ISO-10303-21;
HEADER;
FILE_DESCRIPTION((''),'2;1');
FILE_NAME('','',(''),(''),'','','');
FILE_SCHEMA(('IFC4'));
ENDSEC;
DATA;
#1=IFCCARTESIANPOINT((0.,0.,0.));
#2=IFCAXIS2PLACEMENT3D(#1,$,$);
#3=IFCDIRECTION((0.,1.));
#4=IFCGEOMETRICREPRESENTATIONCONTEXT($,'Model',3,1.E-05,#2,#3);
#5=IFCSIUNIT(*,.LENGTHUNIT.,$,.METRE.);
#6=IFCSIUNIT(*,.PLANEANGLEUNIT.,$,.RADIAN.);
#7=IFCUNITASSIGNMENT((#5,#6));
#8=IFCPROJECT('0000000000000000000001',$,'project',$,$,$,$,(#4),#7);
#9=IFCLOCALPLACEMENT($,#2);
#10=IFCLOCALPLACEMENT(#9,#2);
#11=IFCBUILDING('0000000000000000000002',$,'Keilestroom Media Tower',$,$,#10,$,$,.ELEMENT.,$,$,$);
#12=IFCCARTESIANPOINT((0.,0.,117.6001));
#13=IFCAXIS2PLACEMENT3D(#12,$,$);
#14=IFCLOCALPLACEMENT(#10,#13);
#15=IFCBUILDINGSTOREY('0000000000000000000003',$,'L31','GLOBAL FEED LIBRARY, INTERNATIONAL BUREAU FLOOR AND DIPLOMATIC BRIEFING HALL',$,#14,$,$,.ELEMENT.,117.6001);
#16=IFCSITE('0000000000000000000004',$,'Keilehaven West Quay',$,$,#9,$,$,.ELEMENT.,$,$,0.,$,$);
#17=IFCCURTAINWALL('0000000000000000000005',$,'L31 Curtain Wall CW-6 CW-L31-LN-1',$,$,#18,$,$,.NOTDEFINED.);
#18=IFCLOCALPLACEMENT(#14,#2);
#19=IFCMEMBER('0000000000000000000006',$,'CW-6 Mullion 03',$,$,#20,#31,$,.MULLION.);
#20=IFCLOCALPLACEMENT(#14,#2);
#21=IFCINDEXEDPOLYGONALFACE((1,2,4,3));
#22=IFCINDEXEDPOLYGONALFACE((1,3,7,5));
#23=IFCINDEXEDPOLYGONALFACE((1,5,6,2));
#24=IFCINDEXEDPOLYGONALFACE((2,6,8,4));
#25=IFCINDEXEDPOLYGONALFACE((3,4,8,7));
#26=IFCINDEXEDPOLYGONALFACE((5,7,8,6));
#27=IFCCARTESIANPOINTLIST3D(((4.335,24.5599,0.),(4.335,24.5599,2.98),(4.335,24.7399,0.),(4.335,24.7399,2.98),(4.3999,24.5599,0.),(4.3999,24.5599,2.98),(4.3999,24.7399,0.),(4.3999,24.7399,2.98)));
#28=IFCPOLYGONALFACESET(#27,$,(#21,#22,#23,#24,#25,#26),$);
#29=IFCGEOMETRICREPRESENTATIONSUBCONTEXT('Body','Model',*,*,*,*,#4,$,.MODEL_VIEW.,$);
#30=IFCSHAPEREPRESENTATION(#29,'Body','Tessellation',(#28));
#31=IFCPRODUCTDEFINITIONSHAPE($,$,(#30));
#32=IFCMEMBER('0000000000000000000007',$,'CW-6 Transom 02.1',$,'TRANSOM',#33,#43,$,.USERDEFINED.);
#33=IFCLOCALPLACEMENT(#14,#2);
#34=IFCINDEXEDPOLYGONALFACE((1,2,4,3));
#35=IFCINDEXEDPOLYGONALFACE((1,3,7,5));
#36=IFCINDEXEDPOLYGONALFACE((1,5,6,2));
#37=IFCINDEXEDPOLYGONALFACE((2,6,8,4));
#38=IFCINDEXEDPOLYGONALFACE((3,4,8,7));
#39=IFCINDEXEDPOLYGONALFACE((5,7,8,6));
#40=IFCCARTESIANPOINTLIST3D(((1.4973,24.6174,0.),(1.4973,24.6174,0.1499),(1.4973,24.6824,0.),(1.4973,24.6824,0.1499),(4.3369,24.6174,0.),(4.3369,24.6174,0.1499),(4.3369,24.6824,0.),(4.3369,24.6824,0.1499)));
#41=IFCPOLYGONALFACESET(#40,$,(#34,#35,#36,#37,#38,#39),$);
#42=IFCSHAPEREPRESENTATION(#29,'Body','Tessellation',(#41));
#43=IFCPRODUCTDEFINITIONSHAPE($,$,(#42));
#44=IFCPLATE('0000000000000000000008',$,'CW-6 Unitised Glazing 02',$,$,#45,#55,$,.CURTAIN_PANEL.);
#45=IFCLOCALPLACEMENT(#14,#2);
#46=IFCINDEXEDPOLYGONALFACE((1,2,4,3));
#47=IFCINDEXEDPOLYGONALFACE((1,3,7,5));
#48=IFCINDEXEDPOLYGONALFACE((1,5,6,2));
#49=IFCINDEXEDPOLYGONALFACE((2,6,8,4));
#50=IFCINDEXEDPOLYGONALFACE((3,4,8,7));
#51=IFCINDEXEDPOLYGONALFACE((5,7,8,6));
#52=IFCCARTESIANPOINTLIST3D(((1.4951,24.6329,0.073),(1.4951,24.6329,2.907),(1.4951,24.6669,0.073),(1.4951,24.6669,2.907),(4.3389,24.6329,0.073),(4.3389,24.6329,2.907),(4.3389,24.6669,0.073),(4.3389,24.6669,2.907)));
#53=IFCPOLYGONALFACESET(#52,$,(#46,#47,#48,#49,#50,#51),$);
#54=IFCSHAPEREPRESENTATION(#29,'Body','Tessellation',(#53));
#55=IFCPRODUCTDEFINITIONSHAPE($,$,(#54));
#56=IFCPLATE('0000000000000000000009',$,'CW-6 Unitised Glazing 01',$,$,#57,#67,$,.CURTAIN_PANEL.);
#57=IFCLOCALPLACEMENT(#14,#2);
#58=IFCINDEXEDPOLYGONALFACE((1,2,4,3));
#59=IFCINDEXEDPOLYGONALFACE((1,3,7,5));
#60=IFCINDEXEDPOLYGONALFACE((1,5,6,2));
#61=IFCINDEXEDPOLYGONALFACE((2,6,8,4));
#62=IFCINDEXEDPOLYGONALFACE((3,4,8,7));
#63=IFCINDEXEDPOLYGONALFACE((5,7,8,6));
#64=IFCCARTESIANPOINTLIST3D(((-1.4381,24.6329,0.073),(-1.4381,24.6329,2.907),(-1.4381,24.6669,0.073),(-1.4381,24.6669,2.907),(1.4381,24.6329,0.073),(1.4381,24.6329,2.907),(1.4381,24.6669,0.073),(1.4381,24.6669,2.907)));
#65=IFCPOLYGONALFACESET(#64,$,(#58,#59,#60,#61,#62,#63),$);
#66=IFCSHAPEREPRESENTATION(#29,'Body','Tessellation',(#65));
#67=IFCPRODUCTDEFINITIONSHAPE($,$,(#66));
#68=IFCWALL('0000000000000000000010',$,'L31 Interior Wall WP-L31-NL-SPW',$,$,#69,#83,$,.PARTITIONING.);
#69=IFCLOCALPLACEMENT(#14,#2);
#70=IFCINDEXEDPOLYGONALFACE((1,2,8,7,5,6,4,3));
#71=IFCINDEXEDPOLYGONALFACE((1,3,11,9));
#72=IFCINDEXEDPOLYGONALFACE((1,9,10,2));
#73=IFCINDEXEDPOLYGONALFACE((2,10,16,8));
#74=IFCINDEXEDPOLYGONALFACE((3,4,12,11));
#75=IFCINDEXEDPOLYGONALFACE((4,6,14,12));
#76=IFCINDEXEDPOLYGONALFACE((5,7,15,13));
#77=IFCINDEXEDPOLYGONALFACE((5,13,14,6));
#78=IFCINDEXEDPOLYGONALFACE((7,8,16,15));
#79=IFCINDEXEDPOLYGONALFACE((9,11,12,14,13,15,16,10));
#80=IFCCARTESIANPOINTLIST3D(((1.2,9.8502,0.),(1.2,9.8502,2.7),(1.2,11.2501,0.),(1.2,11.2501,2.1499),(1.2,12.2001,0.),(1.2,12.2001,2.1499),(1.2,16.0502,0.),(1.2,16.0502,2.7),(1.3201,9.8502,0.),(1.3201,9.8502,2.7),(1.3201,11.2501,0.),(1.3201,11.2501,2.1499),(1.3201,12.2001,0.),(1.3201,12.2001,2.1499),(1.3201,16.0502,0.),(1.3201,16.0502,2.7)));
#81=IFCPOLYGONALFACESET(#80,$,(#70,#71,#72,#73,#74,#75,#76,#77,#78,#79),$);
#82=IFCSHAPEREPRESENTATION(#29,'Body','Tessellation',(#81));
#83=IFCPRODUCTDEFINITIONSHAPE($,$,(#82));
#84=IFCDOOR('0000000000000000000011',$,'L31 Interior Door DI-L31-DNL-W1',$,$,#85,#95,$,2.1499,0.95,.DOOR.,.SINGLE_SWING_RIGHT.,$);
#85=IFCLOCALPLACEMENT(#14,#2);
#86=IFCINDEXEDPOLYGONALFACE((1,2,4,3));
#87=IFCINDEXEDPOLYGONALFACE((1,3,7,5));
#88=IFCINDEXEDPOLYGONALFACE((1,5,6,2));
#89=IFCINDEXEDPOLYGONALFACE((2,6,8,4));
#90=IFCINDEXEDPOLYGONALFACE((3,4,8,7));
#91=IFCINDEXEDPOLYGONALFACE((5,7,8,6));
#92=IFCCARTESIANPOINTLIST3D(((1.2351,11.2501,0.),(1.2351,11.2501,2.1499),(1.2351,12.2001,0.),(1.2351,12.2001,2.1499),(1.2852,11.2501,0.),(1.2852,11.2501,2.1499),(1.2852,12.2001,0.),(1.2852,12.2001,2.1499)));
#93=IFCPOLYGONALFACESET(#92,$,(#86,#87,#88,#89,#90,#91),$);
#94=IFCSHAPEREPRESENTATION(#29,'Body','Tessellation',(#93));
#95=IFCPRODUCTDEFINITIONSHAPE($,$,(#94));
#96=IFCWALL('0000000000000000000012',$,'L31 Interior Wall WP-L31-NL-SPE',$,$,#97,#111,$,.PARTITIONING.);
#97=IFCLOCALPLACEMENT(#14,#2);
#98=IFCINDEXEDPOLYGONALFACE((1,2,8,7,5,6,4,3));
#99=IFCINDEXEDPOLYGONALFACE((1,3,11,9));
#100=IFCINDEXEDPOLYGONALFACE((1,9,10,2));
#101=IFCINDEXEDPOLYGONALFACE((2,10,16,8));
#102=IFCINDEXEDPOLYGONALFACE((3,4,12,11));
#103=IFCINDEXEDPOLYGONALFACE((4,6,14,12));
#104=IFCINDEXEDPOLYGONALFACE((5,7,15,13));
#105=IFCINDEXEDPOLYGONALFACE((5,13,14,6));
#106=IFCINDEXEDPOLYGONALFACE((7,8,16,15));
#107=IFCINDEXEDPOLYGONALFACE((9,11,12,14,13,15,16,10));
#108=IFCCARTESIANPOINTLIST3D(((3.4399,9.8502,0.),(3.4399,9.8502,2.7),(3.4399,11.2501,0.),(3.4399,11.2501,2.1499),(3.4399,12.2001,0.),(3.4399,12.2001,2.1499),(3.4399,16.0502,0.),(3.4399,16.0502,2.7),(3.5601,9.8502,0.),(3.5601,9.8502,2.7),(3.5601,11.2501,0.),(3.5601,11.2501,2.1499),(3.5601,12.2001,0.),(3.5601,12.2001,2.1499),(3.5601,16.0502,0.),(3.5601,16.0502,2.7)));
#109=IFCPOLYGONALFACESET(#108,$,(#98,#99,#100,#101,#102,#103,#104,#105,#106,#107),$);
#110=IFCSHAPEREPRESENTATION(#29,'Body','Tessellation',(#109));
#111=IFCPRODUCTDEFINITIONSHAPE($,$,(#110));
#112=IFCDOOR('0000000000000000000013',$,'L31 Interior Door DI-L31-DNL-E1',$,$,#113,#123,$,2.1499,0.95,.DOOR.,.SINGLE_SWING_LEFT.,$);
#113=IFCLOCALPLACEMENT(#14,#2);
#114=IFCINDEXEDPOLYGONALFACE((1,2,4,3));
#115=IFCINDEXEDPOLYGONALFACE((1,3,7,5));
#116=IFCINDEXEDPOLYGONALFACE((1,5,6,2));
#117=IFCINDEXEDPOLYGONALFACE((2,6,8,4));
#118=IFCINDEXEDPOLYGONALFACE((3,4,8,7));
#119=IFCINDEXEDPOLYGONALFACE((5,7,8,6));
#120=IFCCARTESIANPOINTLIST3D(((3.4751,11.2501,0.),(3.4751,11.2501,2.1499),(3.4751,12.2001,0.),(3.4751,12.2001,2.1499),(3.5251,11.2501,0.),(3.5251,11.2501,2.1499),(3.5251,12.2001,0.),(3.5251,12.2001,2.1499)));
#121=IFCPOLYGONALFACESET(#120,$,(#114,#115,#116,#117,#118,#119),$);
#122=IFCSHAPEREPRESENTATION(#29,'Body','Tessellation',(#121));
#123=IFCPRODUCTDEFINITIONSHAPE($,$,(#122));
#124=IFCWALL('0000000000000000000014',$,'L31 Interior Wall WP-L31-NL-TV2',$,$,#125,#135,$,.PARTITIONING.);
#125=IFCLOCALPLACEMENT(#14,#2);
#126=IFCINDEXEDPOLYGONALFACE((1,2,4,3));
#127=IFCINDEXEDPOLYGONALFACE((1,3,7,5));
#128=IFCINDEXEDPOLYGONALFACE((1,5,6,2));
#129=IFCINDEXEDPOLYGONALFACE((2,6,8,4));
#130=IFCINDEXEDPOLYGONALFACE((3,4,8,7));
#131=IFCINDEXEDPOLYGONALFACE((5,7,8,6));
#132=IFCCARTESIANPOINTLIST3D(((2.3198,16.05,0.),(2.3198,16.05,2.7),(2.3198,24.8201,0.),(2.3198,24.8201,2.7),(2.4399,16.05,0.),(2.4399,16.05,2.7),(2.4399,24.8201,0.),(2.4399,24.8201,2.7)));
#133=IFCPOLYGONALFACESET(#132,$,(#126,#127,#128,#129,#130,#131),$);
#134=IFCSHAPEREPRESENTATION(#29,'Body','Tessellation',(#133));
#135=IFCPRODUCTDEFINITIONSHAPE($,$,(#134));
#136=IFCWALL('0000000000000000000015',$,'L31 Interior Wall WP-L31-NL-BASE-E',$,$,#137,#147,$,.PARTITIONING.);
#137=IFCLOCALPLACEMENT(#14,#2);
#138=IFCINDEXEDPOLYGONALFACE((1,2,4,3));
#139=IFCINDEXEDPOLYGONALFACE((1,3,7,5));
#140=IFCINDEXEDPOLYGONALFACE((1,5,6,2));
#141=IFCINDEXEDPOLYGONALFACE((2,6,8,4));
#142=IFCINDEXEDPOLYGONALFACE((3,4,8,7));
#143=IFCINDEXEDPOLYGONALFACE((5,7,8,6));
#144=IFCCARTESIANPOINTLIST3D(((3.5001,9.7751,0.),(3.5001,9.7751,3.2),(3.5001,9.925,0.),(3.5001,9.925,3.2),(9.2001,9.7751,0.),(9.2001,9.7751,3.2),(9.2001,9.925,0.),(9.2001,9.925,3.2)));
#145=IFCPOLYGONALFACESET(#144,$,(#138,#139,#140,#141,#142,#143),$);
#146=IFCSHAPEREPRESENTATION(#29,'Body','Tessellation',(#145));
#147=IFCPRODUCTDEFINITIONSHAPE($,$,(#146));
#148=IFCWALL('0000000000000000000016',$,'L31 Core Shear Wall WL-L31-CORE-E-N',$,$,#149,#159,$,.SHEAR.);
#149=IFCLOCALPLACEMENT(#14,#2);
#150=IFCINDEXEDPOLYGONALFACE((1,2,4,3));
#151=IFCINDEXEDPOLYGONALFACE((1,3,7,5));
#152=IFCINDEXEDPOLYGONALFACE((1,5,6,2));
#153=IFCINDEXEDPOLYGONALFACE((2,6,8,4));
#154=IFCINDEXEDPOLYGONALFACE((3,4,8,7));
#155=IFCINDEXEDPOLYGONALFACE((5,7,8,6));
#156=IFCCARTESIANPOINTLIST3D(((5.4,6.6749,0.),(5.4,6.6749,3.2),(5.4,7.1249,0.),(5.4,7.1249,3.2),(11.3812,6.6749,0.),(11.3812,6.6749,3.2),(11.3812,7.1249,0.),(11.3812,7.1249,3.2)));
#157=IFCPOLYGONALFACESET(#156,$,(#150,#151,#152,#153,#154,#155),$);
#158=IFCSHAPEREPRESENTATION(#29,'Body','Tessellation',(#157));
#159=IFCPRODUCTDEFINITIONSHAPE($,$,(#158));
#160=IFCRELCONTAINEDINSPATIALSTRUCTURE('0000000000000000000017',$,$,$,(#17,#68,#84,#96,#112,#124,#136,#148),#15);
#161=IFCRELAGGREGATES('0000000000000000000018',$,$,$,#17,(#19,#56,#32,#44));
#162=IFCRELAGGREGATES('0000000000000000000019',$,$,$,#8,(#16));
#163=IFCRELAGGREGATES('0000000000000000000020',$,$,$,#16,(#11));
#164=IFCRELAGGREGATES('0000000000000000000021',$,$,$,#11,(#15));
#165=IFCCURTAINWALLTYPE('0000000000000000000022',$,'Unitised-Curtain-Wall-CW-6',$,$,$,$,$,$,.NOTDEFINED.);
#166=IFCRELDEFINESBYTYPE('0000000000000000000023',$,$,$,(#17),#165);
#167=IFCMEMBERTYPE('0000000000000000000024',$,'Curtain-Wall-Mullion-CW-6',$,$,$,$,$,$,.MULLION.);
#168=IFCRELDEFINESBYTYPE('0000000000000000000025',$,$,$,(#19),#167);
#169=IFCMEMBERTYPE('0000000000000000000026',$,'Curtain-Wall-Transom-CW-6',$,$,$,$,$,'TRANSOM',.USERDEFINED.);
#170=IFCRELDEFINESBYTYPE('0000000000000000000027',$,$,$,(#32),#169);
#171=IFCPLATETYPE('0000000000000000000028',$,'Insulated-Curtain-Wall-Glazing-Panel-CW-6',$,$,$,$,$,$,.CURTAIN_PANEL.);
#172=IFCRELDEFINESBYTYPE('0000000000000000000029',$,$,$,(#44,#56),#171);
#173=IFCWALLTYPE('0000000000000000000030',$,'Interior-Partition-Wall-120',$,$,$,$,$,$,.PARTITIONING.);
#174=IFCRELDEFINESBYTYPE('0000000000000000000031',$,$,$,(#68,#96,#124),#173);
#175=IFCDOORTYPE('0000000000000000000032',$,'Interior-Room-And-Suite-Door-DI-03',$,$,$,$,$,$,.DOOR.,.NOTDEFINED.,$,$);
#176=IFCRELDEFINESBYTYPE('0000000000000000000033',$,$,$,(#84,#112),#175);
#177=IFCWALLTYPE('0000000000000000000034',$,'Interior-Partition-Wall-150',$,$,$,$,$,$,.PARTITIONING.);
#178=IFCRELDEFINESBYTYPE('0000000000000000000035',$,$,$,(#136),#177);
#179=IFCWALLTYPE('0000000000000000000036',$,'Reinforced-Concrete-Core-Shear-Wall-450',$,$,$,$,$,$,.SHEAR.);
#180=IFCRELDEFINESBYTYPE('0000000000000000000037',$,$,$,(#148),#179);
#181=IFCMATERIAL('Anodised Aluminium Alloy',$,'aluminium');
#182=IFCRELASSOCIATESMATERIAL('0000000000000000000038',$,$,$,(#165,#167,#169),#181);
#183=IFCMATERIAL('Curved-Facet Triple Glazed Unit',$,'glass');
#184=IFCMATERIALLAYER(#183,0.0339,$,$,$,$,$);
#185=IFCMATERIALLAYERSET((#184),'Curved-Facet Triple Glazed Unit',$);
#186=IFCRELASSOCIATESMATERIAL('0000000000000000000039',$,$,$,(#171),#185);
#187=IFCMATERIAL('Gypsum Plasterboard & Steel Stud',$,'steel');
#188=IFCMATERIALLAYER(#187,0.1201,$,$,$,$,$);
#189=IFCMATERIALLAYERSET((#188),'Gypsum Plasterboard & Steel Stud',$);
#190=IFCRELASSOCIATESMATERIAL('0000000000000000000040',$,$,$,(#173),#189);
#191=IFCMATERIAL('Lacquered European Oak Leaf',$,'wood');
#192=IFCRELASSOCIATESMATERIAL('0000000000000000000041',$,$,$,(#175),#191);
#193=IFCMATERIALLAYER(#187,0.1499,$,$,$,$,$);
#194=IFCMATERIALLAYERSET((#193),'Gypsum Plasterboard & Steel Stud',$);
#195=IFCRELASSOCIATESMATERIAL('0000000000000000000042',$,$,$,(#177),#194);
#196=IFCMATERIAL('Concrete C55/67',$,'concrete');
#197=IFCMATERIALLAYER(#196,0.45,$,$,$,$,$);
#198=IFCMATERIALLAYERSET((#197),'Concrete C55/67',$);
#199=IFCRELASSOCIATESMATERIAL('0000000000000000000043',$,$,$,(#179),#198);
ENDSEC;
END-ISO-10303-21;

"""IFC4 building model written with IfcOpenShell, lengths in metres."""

from ifc_helpers import new_model, si_unit, direction, frame, frame_2d, origin, origin_2d, place, context, subcontext, project, spatial, rectangle, extrude, source, transform, mapped, material, layer, layer_set, material_profile, profile_set, type_object, element, fill, aggregate, save


model = new_model("IFC4")

# Units and contexts
model_context = context("Model", 3, precision=1e-05, world=origin(), true_north=direction((0.0, 1.0)))
body_context = subcontext(model_context, "Body", "Model", "MODEL_VIEW")
ifc_project = project(units=[si_unit("LENGTHUNIT", "METRE"), si_unit("PLANEANGLEUNIT", "RADIAN")], contexts=[model_context])

# Site, building, storey
site_placement = place(None, origin())
site = spatial("IfcSite", under=ifc_project, at=site_placement, Name="Keilehaven West Quay", CompositionType="ELEMENT", RefElevation=0.0)
building_placement = place(site_placement, origin())
building = spatial("IfcBuilding", under=site, at=building_placement, Name="Keilestroom Media Tower", CompositionType="ELEMENT")
storey_placement = place(building_placement, frame((0.0, 0.0, 117.6001)))
storey = spatial("IfcBuildingStorey", under=building, at=storey_placement, Name="L31", Description="GLOBAL FEED LIBRARY, INTERNATIONAL BUREAU FLOOR AND DIPLOMATIC BRIEFING HALL", CompositionType="ELEMENT", Elevation=117.6001)

# Shared definitions
ifc_material_1 = material(Name="Concrete C55/67", Category="concrete")

# Curtain wall, members, plates
ifc_material_2 = material(Name="Anodised Aluminium Alloy", Category="aluminium")
curtain_wall_type = type_object("IfcCurtainWallType", Name="Unitised-Curtain-Wall-CW-6", PredefinedType="NOTDEFINED", material=ifc_material_2)
curtain_wall_placement = place(storey_placement, origin())
curtain_wall = element("IfcCurtainWall", 1, at=curtain_wall_placement, inside=storey, type_object=curtain_wall_type, Name="L31 Curtain Wall CW-6 CW-L31-LN-1", PredefinedType="NOTDEFINED")
ifc_material_profile_1 = material_profile(ifc_material_2, rectangle(XDim=0.0649, YDim=0.1799, at=origin_2d()), Name="ALU MULLION 65x180")
ifc_profile_set_1 = profile_set([ifc_material_profile_1], Name="Anodised Aluminium Alloy")
member_type_1 = type_object("IfcMemberType", Name="Curtain-Wall-Mullion-CW-6", PredefinedType="MULLION", material=ifc_profile_set_1)
shared_shape_1 = source(origin(), body_context, "Body", "SweptSolid", [
    extrude(rectangle(XDim=0.0649, YDim=0.1799, at=origin_2d()), origin(), (0.0, 0.0, 1.0), 2.98),
])
member_1_placement = place(storey_placement, frame((4.3674, 24.6499, 0.0), z_axis=(0.0, 0.0, 1.0), x_axis=(1.0, 0.0, 0.0)))
member_1 = element("IfcMember", 2, at=member_1_placement, type_object=member_type_1, Name="CW-6 Mullion 03", PredefinedType="MULLION", context=body_context, shape_type="MappedRepresentation", body=[
    mapped(shared_shape_1, transform((0.0, 0.0, 0.0), x_axis=(1.0, 0.0, 0.0), y_axis=(0.0, 1.0, 0.0), z_axis=(0.0, 0.0, 1.0), scale=1.0)),
])
ifc_material_profile_2 = material_profile(ifc_material_2, rectangle(XDim=0.0649, YDim=0.1499, at=origin_2d()), Name="ALU TRANSOM 65x150")
ifc_profile_set_2 = profile_set([ifc_material_profile_2], Name="Anodised Aluminium Alloy")
member_type_2 = type_object("IfcMemberType", Name="Curtain-Wall-Transom-CW-6", ElementType="TRANSOM", PredefinedType="USERDEFINED", material=ifc_profile_set_2)
shared_shape_2 = source(origin(), body_context, "Body", "SweptSolid", [
    extrude(rectangle(XDim=0.0649, YDim=0.1499, at=origin_2d()), origin(), (0.0, 0.0, 1.0), 2.8396),
])
member_2_placement = place(storey_placement, frame((1.4973, 24.6499, 0.075), z_axis=(1.0, 0.0, 0.0), x_axis=(0.0, 1.0, 0.0)))
member_2 = element("IfcMember", 3, at=member_2_placement, type_object=member_type_2, Name="CW-6 Transom 02.1", ObjectType="TRANSOM", PredefinedType="USERDEFINED", context=body_context, shape_type="MappedRepresentation", body=[
    mapped(shared_shape_2, transform((0.0, 0.0, 0.0), x_axis=(1.0, 0.0, 0.0), y_axis=(0.0, 1.0, 0.0), z_axis=(0.0, 0.0, 1.0), scale=1.0)),
])
ifc_material_3 = material(Name="Curved-Facet Triple Glazed Unit", Category="glass")
ifc_layer_1 = layer(ifc_material_3, 0.0339)
ifc_layer_set_1 = layer_set([ifc_layer_1], Name="Curved-Facet Triple Glazed Unit")
plate_type = type_object("IfcPlateType", Name="Insulated-Curtain-Wall-Glazing-Panel-CW-6", PredefinedType="CURTAIN_PANEL", material=ifc_layer_set_1)
shared_shape_3 = source(origin(), body_context, "Body", "SweptSolid", [
    extrude(rectangle(XDim=2.8438, YDim=0.0339, at=origin_2d()), origin(), (0.0, 0.0, 1.0), 2.834),
])
plate_1_placement = place(storey_placement, frame((2.917, 24.6499, 0.073), z_axis=(0.0, 0.0, 1.0), x_axis=(1.0, 0.0, 0.0)))
plate_1 = element("IfcPlate", 4, at=plate_1_placement, type_object=plate_type, Name="CW-6 Unitised Glazing 02", PredefinedType="CURTAIN_PANEL", context=body_context, shape_type="MappedRepresentation", body=[
    mapped(shared_shape_3, transform((0.0, 0.0, 0.0), x_axis=(1.0, 0.0, 0.0), y_axis=(0.0, 1.0, 0.0), z_axis=(0.0, 0.0, 1.0), scale=1.0)),
])
shared_shape_4 = source(origin(), body_context, "Body", "SweptSolid", [
    extrude(rectangle(XDim=2.8762, YDim=0.0339, at=origin_2d()), origin(), (0.0, 0.0, 1.0), 2.834),
])
plate_2_placement = place(storey_placement, frame((0.0, 24.6499, 0.073), z_axis=(0.0, 0.0, 1.0), x_axis=(1.0, 0.0, 0.0)))
plate_2 = element("IfcPlate", 5, at=plate_2_placement, type_object=plate_type, Name="CW-6 Unitised Glazing 01", PredefinedType="CURTAIN_PANEL", context=body_context, shape_type="MappedRepresentation", body=[
    mapped(shared_shape_4, transform((0.0, 0.0, 0.0), x_axis=(1.0, 0.0, 0.0), y_axis=(0.0, 1.0, 0.0), z_axis=(0.0, 0.0, 1.0), scale=1.0)),
])
aggregate(curtain_wall, [member_1, plate_2, member_2, plate_1])

# Walls, openings, doors
ifc_material_4 = material(Name="Gypsum Plasterboard & Steel Stud", Category="steel")
ifc_layer_2 = layer(ifc_material_4, 0.1201)
ifc_layer_set_2 = layer_set([ifc_layer_2], Name="Gypsum Plasterboard & Steel Stud")
wall_type_1 = type_object("IfcWallType", Name="Interior-Partition-Wall-120", PredefinedType="PARTITIONING", material=ifc_layer_set_2)
wall_1_placement = place(storey_placement, frame((1.26, 9.8501, 0.0), z_axis=(0.0, 0.0, 1.0), x_axis=(0.0, 1.0, 0.0)))
wall_1 = element("IfcWall", 6, at=wall_1_placement, inside=storey, type_object=wall_type_1, Name="L31 Interior Wall WP-L31-NL-SPW", PredefinedType="PARTITIONING", context=body_context, shape_type="SweptSolid", body=[
    extrude(rectangle(XDim=6.2, YDim=0.1201, at=frame_2d((3.1001, 0.0))), origin(), (0.0, 0.0, 1.0), 2.7),
])
opening_1_placement = place(wall_1_placement, frame((1.3999, 0.0, 0.0)))
opening_1 = element("IfcOpeningElement", 7, at=opening_1_placement, cuts=wall_1, PredefinedType="OPENING", context=body_context, shape_type="SweptSolid", body=[
    extrude(rectangle(XDim=0.95, YDim=2.1499, at=frame_2d((0.4751, 1.075))), frame((0.0, 0.0701, 0.0), z_axis=(0.0, -1.0, 0.0), x_axis=(1.0, 0.0, 0.0)), (0.0, 0.0, 1.0), 0.1401),
])
ifc_material_5 = material(Name="Lacquered European Oak Leaf", Category="wood")
door_type = type_object("IfcDoorType", Name="Interior-Room-And-Suite-Door-DI-03", OperationType="NOTDEFINED", PredefinedType="DOOR", material=ifc_material_5)
shared_shape_5 = source(origin(), body_context, "Body", "SweptSolid", [
    extrude(rectangle(XDim=0.95, YDim=2.1499, at=frame_2d((0.4751, 1.075))), frame((0.0, 0.0249, 0.0), z_axis=(0.0, -1.0, 0.0), x_axis=(1.0, 0.0, 0.0)), (0.0, 0.0, 1.0), 0.05),
])
door_1_placement = place(opening_1_placement, origin())
door_1 = element("IfcDoor", 8, at=door_1_placement, inside=storey, type_object=door_type, Name="L31 Interior Door DI-L31-DNL-W1", OperationType="SINGLE_SWING_RIGHT", OverallHeight=2.1499, OverallWidth=0.95, PredefinedType="DOOR", context=body_context, shape_type="MappedRepresentation", body=[
    mapped(shared_shape_5, transform((0.0, 0.0, 0.0), x_axis=(1.0, 0.0, 0.0), y_axis=(0.0, 1.0, 0.0), z_axis=(0.0, 0.0, 1.0), scale=1.0)),
])
fill(opening_1, door_1)
wall_2_placement = place(storey_placement, frame((3.5, 9.8501, 0.0), z_axis=(0.0, 0.0, 1.0), x_axis=(0.0, 1.0, 0.0)))
wall_2 = element("IfcWall", 9, at=wall_2_placement, inside=storey, type_object=wall_type_1, Name="L31 Interior Wall WP-L31-NL-SPE", PredefinedType="PARTITIONING", context=body_context, shape_type="SweptSolid", body=[
    extrude(rectangle(XDim=6.2, YDim=0.1201, at=frame_2d((3.1001, 0.0))), origin(), (0.0, 0.0, 1.0), 2.7),
])
opening_2_placement = place(wall_2_placement, frame((1.3999, 0.0, 0.0)))
opening_2 = element("IfcOpeningElement", 10, at=opening_2_placement, cuts=wall_2, PredefinedType="OPENING", context=body_context, shape_type="SweptSolid", body=[
    extrude(rectangle(XDim=0.95, YDim=2.1499, at=frame_2d((0.4751, 1.075))), frame((0.0, 0.0701, 0.0), z_axis=(0.0, -1.0, 0.0), x_axis=(1.0, 0.0, 0.0)), (0.0, 0.0, 1.0), 0.1401),
])
door_2_placement = place(opening_2_placement, origin())
door_2 = element("IfcDoor", 11, at=door_2_placement, inside=storey, type_object=door_type, Name="L31 Interior Door DI-L31-DNL-E1", OperationType="SINGLE_SWING_LEFT", OverallHeight=2.1499, OverallWidth=0.95, PredefinedType="DOOR", context=body_context, shape_type="MappedRepresentation", body=[
    mapped(shared_shape_5, transform((0.0, 0.0, 0.0), x_axis=(1.0, 0.0, 0.0), y_axis=(0.0, 1.0, 0.0), z_axis=(0.0, 0.0, 1.0), scale=1.0)),
])
fill(opening_2, door_2)

# Walls
wall_3_placement = place(storey_placement, frame((2.3799, 16.05, 0.0), z_axis=(0.0, 0.0, 1.0), x_axis=(0.0, 1.0, 0.0)))
element("IfcWall", 12, at=wall_3_placement, inside=storey, type_object=wall_type_1, Name="L31 Interior Wall WP-L31-NL-TV2", PredefinedType="PARTITIONING", context=body_context, shape_type="SweptSolid", body=[
    extrude(rectangle(XDim=8.77, YDim=0.1201, at=frame_2d((4.385, 0.0))), origin(), (0.0, 0.0, 1.0), 2.7),
])
ifc_layer_3 = layer(ifc_material_4, 0.1499)
ifc_layer_set_3 = layer_set([ifc_layer_3], Name="Gypsum Plasterboard & Steel Stud")
wall_type_2 = type_object("IfcWallType", Name="Interior-Partition-Wall-150", PredefinedType="PARTITIONING", material=ifc_layer_set_3)
wall_4_placement = place(storey_placement, frame((3.5, 9.8501, 0.0), z_axis=(0.0, 0.0, 1.0), x_axis=(1.0, 0.0, 0.0)))
element("IfcWall", 13, at=wall_4_placement, inside=storey, type_object=wall_type_2, Name="L31 Interior Wall WP-L31-NL-BASE-E", PredefinedType="PARTITIONING", context=body_context, shape_type="SweptSolid", body=[
    extrude(rectangle(XDim=5.7, YDim=0.1499, at=frame_2d((2.8501, 0.0))), origin(), (0.0, 0.0, 1.0), 3.2),
])
ifc_layer_4 = layer(ifc_material_1, 0.45)
ifc_layer_set_4 = layer_set([ifc_layer_4], Name="Concrete C55/67")
wall_type_3 = type_object("IfcWallType", Name="Reinforced-Concrete-Core-Shear-Wall-450", PredefinedType="SHEAR", material=ifc_layer_set_4)
wall_5_placement = place(storey_placement, frame((5.3999, 6.8999, 0.0), z_axis=(0.0, 0.0, 1.0), x_axis=(1.0, 0.0, 0.0)))
element("IfcWall", 14, at=wall_5_placement, inside=storey, type_object=wall_type_3, Name="L31 Core Shear Wall WL-L31-CORE-E-N", PredefinedType="SHEAR", context=body_context, shape_type="SweptSolid", body=[
    extrude(rectangle(XDim=5.9812, YDim=0.45, at=frame_2d((2.9907, 0.0))), origin(), (0.0, 0.0, 1.0), 3.2),
])

save(model, "model.ifc")
